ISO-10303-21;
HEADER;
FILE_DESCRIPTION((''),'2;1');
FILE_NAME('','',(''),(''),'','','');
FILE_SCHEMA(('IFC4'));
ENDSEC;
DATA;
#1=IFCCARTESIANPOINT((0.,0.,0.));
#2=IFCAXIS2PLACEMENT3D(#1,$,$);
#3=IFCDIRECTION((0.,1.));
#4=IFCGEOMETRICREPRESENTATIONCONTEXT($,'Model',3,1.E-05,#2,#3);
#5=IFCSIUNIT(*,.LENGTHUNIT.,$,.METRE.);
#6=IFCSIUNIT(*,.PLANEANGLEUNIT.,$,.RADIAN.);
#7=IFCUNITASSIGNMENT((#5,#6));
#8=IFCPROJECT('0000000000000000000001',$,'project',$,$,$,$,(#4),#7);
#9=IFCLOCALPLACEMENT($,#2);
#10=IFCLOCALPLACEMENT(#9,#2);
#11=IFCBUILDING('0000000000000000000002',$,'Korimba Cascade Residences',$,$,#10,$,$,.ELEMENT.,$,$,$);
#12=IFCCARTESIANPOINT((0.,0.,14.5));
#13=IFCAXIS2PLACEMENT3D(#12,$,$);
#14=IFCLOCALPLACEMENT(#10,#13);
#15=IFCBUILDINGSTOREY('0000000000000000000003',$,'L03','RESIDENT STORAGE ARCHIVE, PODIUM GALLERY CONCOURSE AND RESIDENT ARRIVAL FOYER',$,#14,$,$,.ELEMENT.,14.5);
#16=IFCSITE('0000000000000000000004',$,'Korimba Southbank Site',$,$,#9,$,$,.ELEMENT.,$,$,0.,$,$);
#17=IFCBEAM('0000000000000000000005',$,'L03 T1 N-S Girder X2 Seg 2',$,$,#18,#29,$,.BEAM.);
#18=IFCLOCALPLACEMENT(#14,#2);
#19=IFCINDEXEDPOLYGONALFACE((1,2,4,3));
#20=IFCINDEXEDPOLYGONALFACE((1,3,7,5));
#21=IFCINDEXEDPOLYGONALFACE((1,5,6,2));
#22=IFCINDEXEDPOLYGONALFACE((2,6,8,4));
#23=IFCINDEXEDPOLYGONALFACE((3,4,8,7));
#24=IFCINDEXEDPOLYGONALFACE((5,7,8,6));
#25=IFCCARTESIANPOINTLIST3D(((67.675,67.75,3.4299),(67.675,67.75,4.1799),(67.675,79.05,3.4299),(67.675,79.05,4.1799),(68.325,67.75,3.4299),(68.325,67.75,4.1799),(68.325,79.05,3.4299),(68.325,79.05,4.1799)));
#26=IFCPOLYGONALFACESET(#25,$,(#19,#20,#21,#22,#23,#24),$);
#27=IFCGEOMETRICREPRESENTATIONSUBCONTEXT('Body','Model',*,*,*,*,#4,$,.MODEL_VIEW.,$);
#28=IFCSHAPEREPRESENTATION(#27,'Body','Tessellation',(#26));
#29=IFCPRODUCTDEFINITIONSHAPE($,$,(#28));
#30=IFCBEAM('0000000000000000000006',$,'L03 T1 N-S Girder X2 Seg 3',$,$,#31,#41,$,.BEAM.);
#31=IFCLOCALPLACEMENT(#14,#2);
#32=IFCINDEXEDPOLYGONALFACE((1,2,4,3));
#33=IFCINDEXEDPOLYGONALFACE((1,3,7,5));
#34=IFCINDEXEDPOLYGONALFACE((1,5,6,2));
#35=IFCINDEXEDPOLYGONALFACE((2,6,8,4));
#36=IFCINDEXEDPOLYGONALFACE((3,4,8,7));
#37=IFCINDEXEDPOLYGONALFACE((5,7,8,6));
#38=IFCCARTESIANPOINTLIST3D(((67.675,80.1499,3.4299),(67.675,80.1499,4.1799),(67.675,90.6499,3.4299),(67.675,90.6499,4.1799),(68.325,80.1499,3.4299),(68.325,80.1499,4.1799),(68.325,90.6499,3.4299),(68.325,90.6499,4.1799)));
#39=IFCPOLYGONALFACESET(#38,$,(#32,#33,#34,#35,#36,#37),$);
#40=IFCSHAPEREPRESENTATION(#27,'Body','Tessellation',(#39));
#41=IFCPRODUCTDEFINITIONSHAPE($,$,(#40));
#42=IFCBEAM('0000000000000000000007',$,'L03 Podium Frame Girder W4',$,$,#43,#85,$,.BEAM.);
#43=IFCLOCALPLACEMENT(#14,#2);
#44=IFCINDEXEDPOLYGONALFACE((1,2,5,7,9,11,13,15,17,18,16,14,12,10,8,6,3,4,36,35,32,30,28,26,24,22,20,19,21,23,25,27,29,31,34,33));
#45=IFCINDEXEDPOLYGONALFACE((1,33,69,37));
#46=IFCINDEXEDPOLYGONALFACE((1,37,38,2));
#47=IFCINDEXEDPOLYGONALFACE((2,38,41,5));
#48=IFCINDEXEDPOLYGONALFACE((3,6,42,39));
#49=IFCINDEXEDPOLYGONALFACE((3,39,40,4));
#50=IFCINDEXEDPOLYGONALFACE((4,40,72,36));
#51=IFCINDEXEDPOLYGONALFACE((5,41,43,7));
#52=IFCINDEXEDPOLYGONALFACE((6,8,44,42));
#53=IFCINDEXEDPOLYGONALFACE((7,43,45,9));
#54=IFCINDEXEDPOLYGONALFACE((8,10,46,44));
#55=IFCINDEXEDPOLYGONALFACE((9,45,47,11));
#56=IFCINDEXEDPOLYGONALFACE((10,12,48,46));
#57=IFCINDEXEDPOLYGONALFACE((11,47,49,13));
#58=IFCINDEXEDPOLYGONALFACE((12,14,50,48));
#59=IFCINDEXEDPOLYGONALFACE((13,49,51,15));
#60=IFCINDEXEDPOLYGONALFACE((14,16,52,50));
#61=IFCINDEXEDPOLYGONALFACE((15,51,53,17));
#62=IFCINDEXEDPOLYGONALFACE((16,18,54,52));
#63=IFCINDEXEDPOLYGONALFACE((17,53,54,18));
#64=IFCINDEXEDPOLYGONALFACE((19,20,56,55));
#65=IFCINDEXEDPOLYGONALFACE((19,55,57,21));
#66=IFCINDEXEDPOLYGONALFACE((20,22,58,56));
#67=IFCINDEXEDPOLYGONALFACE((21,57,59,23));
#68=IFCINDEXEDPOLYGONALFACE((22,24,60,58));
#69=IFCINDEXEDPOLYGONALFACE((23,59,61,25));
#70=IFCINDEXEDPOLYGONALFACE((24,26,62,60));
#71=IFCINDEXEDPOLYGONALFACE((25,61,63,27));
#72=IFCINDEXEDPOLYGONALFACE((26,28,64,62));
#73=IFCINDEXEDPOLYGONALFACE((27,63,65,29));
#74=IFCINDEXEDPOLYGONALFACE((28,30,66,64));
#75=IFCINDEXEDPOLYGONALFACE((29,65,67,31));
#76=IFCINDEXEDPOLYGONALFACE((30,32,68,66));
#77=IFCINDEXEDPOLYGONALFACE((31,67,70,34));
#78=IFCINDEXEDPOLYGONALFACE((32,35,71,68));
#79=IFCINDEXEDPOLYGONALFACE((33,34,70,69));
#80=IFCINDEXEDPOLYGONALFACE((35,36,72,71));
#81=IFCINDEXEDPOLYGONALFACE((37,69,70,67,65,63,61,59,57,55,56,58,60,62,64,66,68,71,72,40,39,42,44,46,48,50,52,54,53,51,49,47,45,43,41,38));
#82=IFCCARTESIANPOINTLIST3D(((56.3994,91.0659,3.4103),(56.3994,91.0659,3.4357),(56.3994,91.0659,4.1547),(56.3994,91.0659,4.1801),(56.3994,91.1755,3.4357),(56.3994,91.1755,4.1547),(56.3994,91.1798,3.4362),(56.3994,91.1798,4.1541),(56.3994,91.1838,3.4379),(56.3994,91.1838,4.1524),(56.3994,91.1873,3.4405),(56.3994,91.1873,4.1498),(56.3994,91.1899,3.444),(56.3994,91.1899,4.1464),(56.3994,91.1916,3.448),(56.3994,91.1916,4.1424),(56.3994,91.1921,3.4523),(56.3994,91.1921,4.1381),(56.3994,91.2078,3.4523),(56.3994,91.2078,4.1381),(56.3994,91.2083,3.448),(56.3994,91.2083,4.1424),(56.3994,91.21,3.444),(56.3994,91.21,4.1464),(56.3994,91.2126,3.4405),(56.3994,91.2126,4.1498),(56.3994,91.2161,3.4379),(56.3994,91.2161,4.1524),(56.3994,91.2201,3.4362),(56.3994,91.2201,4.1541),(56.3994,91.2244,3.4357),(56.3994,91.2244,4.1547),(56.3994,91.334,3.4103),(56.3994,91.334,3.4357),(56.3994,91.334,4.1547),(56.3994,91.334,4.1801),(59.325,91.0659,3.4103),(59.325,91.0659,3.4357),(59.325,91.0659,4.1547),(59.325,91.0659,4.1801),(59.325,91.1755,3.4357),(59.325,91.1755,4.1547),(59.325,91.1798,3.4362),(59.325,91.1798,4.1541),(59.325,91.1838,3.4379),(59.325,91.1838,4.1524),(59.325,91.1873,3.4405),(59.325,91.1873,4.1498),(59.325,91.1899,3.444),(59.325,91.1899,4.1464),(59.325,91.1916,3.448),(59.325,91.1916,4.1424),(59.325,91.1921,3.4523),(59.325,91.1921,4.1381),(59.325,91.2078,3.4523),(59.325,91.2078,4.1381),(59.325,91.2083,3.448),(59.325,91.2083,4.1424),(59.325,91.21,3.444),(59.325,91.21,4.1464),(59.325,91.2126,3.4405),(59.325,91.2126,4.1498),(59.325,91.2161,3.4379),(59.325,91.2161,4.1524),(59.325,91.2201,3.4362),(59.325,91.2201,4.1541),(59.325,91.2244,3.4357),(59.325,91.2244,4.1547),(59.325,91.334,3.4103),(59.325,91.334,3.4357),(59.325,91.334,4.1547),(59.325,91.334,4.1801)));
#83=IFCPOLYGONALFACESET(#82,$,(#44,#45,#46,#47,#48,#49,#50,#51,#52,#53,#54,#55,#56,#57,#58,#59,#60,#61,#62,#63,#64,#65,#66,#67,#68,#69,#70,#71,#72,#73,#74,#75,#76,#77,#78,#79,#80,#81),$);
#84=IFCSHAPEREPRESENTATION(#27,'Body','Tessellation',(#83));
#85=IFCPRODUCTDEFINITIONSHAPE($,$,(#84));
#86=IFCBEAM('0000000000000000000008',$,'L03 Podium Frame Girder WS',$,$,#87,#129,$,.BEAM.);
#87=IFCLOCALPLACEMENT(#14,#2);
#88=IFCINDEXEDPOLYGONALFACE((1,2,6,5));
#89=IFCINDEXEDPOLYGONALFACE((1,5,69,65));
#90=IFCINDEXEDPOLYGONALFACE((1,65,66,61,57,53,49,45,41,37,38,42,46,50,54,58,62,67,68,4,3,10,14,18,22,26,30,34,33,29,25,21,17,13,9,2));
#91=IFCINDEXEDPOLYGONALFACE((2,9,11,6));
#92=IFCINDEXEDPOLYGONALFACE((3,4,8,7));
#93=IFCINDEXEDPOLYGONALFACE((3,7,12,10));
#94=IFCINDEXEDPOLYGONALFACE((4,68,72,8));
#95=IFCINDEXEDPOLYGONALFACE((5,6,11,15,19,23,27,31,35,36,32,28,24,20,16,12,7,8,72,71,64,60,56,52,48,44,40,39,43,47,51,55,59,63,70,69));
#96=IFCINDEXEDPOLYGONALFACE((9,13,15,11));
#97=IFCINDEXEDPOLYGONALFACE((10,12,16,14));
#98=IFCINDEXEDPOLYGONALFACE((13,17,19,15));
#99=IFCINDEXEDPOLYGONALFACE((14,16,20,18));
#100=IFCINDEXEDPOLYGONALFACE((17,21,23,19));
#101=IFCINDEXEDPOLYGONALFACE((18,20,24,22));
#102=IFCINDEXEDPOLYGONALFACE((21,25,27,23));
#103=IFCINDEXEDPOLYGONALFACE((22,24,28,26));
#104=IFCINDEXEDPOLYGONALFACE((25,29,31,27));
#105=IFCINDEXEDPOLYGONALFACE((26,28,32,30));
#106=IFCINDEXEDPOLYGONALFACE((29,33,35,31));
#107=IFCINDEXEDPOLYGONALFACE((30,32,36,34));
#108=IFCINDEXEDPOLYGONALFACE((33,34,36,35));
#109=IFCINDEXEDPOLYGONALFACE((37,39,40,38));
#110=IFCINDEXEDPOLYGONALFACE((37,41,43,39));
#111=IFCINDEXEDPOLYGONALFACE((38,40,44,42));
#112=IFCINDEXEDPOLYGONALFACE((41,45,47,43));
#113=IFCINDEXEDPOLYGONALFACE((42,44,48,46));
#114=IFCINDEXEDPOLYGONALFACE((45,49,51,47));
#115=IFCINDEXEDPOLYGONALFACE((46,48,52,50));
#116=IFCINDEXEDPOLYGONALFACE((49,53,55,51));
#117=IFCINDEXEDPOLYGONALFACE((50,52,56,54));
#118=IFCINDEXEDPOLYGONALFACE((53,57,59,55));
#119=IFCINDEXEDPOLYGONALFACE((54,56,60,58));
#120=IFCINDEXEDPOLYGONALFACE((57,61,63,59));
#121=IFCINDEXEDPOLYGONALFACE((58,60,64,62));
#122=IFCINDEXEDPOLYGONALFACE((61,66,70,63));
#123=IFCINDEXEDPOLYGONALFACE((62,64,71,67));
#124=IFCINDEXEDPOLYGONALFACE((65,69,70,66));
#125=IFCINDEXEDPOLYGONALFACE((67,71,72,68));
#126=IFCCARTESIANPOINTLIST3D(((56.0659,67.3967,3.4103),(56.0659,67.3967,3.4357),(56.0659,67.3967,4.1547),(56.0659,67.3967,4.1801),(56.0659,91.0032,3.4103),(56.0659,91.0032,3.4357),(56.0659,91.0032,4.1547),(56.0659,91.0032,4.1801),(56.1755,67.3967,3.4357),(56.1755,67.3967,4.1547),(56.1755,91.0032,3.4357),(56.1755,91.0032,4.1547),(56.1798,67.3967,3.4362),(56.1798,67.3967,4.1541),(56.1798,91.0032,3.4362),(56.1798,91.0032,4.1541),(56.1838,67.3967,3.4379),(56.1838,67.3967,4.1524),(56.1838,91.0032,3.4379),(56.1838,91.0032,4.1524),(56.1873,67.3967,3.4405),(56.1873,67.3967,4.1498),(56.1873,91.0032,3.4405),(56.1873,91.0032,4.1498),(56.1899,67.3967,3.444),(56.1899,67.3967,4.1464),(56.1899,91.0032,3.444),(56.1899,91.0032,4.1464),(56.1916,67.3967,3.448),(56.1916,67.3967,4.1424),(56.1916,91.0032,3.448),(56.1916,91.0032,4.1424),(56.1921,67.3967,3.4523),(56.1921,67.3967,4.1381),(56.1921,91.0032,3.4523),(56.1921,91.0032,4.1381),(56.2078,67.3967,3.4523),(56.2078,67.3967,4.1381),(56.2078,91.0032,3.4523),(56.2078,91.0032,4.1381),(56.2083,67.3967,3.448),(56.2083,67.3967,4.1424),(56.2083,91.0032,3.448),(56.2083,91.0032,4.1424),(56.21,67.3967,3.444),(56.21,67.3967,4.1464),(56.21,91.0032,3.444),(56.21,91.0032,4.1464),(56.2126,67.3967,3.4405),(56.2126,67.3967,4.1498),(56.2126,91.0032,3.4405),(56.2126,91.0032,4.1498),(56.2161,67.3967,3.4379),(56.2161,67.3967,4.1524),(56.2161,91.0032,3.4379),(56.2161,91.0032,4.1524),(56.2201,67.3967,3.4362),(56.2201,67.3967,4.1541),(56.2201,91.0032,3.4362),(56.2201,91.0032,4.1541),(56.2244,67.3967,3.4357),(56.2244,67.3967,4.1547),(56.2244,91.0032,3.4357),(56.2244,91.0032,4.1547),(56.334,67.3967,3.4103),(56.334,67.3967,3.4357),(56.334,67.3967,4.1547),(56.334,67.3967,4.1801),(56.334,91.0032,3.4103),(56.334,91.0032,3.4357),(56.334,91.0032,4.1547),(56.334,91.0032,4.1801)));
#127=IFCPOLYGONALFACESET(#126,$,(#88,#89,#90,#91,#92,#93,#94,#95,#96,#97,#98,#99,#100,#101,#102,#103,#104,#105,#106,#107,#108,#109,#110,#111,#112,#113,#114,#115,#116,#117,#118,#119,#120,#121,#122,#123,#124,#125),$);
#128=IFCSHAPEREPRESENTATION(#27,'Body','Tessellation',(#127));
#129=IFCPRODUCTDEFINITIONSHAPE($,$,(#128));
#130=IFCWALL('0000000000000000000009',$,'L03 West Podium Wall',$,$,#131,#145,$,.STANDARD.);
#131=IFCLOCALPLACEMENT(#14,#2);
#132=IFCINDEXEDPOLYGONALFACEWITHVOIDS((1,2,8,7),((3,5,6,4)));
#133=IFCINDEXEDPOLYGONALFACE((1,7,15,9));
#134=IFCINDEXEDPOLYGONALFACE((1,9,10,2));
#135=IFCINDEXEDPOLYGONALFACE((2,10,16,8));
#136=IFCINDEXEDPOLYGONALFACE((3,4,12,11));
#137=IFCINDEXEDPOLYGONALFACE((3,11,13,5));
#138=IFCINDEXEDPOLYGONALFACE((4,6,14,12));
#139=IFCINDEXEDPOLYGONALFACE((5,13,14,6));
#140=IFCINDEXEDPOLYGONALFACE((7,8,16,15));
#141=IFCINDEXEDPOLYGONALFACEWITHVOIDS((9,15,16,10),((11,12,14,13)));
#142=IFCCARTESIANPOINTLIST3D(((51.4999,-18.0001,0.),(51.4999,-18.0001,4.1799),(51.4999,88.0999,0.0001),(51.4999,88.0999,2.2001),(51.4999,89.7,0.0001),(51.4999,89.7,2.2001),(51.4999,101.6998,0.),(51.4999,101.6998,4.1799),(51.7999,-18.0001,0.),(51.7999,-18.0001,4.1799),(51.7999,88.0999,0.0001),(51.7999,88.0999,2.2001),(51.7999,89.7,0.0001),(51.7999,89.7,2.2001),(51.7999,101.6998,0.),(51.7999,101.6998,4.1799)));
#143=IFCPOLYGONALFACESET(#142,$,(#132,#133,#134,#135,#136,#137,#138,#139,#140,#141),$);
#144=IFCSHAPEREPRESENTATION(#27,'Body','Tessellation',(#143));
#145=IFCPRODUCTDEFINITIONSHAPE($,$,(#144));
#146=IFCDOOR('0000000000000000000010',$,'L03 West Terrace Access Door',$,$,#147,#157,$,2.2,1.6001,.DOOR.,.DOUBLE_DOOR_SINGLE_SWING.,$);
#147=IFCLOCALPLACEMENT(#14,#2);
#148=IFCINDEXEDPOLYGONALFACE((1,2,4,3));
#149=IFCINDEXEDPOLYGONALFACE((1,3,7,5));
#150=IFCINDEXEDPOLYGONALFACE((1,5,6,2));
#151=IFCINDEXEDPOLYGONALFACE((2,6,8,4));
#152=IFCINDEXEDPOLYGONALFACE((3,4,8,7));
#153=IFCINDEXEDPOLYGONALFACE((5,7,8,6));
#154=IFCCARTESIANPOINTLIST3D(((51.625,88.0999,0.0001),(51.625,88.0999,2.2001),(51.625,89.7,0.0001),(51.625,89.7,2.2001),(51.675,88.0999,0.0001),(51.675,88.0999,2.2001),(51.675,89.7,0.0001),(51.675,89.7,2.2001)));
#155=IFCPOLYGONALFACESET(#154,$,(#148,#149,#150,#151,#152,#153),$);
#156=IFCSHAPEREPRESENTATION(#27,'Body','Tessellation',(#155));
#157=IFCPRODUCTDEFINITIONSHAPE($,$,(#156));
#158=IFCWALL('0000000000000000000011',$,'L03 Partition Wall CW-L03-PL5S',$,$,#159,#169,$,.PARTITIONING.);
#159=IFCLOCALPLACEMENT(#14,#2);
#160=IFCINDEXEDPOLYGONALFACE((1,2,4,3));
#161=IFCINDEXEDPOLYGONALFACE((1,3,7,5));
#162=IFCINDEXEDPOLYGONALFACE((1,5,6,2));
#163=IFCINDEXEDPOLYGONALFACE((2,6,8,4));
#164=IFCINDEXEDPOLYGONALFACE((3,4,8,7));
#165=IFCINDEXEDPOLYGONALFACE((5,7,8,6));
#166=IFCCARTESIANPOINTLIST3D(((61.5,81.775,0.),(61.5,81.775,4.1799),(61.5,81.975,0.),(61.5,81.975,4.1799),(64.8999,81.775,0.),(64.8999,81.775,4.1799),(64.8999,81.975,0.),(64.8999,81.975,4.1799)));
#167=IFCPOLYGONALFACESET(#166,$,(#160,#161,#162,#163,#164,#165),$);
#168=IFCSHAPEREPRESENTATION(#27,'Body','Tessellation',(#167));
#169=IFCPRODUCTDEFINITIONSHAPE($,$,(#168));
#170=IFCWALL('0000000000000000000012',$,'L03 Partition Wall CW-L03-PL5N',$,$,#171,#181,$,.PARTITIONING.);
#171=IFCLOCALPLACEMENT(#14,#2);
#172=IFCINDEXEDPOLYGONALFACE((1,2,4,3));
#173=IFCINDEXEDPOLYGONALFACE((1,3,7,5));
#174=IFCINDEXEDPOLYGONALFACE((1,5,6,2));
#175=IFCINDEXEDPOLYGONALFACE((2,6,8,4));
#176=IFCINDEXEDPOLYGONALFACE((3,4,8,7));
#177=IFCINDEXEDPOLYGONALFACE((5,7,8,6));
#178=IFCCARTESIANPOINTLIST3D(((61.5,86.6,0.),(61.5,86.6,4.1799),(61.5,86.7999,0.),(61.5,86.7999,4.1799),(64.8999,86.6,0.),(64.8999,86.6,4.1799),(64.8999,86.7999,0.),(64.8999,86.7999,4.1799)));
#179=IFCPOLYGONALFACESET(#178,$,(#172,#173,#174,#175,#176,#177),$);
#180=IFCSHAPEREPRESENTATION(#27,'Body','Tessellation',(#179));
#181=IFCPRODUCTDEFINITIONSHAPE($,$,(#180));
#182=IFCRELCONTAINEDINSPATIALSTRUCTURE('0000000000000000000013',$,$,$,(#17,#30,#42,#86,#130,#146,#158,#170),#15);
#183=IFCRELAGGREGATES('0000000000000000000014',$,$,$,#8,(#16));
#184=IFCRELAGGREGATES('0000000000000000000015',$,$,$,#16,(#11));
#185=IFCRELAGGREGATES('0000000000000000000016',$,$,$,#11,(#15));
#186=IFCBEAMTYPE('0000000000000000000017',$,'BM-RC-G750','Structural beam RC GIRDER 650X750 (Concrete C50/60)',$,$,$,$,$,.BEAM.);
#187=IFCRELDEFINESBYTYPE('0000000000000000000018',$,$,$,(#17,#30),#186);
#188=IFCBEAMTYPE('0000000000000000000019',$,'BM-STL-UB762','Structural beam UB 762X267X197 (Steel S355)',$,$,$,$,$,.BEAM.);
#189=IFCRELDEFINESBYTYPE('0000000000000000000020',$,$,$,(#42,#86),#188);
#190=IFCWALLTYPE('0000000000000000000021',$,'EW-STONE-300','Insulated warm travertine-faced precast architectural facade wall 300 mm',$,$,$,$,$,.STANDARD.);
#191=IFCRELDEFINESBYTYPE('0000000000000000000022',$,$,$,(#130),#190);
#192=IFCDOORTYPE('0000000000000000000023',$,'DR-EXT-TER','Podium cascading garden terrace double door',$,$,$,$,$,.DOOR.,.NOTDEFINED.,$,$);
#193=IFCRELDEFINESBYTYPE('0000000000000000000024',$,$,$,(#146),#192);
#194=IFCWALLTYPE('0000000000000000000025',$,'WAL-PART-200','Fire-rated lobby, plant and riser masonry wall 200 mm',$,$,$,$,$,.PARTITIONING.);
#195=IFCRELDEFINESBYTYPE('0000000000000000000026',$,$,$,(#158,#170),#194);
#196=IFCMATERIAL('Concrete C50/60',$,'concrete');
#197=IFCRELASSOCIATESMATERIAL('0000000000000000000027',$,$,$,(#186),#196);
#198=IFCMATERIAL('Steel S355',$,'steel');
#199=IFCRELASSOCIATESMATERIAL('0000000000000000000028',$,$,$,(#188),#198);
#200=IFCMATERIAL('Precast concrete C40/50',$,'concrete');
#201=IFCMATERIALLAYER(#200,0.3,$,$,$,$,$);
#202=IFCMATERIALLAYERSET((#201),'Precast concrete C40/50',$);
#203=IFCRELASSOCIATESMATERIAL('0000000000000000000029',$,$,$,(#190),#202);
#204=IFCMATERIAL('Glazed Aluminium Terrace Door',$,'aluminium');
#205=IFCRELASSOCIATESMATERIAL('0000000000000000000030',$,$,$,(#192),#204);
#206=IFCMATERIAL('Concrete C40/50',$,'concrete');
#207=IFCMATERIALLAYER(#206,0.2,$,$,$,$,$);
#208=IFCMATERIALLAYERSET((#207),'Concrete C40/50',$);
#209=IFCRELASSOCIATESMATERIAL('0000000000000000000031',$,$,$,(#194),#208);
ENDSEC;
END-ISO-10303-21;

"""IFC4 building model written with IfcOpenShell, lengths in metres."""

from ifc_helpers import new_model, si_unit, direction, frame, frame_2d, origin, origin_2d, place, context, subcontext, project, spatial, rectangle, i_section, extrude, material, layer, layer_set, material_profile, profile_set, type_object, element, fill, save


model = new_model("IFC4")

# Units and contexts
model_context = context("Model", 3, precision=1e-05, world=origin(), true_north=direction((0.0, 1.0)))
body_context = subcontext(model_context, "Body", "Model", "MODEL_VIEW")
ifc_project = project(units=[si_unit("LENGTHUNIT", "METRE"), si_unit("PLANEANGLEUNIT", "RADIAN")], contexts=[model_context])

# Site, building, storey
site_placement = place(None, origin())
site = spatial("IfcSite", under=ifc_project, at=site_placement, Name="Korimba Southbank Site", CompositionType="ELEMENT", RefElevation=0.0)
building_placement = place(site_placement, origin())
building = spatial("IfcBuilding", under=site, at=building_placement, Name="Korimba Cascade Residences", CompositionType="ELEMENT")
storey_placement = place(building_placement, frame((0.0, 0.0, 14.5)))
storey = spatial("IfcBuildingStorey", under=building, at=storey_placement, Name="L03", Description="RESIDENT STORAGE ARCHIVE, PODIUM GALLERY CONCOURSE AND RESIDENT ARRIVAL FOYER", CompositionType="ELEMENT", Elevation=14.5)

# Shared definitions
ifc_material_1 = material(Name="Steel S355", Category="steel")

# Beams
ifc_material_2 = material(Name="Concrete C50/60", Category="concrete")
ifc_material_profile_1 = material_profile(ifc_material_2, rectangle(XDim=0.6499, YDim=0.75, at=origin_2d()), Name="Concrete C50/60")
ifc_profile_set_1 = profile_set([ifc_material_profile_1], Name="Concrete C50/60")
beam_type_1 = type_object("IfcBeamType", Name="BM-RC-G750", Description="Structural beam RC GIRDER 650X750 (Concrete C50/60)", PredefinedType="BEAM", material=ifc_profile_set_1)
beam_1_placement = place(storey_placement, frame((68.0, 67.75, 3.8049), z_axis=(0.0, 1.0, 0.0), x_axis=(-1.0, 0.0, 0.0)))
element("IfcBeam", 1, at=beam_1_placement, inside=storey, type_object=beam_type_1, Name="L03 T1 N-S Girder X2 Seg 2", PredefinedType="BEAM", context=body_context, shape_type="SweptSolid", body=[
    extrude(rectangle(XDim=0.6499, YDim=0.75, at=origin_2d()), origin(), (0.0, 0.0, 1.0), 11.3),
])
beam_2_placement = place(storey_placement, frame((68.0, 80.1499, 3.8049), z_axis=(0.0, 1.0, 0.0), x_axis=(-1.0, 0.0, 0.0)))
element("IfcBeam", 2, at=beam_2_placement, inside=storey, type_object=beam_type_1, Name="L03 T1 N-S Girder X2 Seg 3", PredefinedType="BEAM", context=body_context, shape_type="SweptSolid", body=[
    extrude(rectangle(XDim=0.6499, YDim=0.75, at=origin_2d()), origin(), (0.0, 0.0, 1.0), 10.5),
])
ifc_material_profile_2 = material_profile(ifc_material_1, i_section(OverallWidth=0.2681, OverallDepth=0.7698, WebThickness=0.0156, FlangeThickness=0.0254, FilletRadius=0.0166, at=origin_2d()), Name="Steel S355")
ifc_profile_set_2 = profile_set([ifc_material_profile_2], Name="Steel S355")
beam_type_2 = type_object("IfcBeamType", Name="BM-STL-UB762", Description="Structural beam UB 762X267X197 (Steel S355)", PredefinedType="BEAM", material=ifc_profile_set_2)
beam_3_placement = place(storey_placement, frame((56.3994, 91.2, 3.7952), z_axis=(1.0, 0.0, 0.0), x_axis=(0.0, 1.0, 0.0)))
element("IfcBeam", 3, at=beam_3_placement, inside=storey, type_object=beam_type_2, Name="L03 Podium Frame Girder W4", PredefinedType="BEAM", context=body_context, shape_type="SweptSolid", body=[
    extrude(i_section(OverallWidth=0.2681, OverallDepth=0.7698, WebThickness=0.0156, FlangeThickness=0.0254, FilletRadius=0.0166, at=origin_2d()), origin(), (0.0, 0.0, 1.0), 2.9255),
])
beam_4_placement = place(storey_placement, frame((56.2, 67.3967, 3.7952), z_axis=(0.0, 1.0, 0.0), x_axis=(-1.0, 0.0, 0.0)))
element("IfcBeam", 4, at=beam_4_placement, inside=storey, type_object=beam_type_2, Name="L03 Podium Frame Girder WS", PredefinedType="BEAM", context=body_context, shape_type="SweptSolid", body=[
    extrude(i_section(OverallWidth=0.2681, OverallDepth=0.7698, WebThickness=0.0156, FlangeThickness=0.0254, FilletRadius=0.0166, at=origin_2d()), origin(), (0.0, 0.0, 1.0), 23.6064),
])

# Wall, opening, door
ifc_material_3 = material(Name="Precast concrete C40/50", Category="concrete")
ifc_layer_1 = layer(ifc_material_3, 0.3)
ifc_layer_set_1 = layer_set([ifc_layer_1], Name="Precast concrete C40/50")
wall_type_1 = type_object("IfcWallType", Name="EW-STONE-300", Description="Insulated warm travertine-faced precast architectural facade wall 300 mm", PredefinedType="STANDARD", material=ifc_layer_set_1)
wall_1_placement = place(storey_placement, frame((51.6499, 101.7, 0.0), z_axis=(0.0, 0.0, 1.0), x_axis=(0.0, -1.0, 0.0)))
wall_1 = element("IfcWall", 5, at=wall_1_placement, inside=storey, type_object=wall_type_1, Name="L03 West Podium Wall", PredefinedType="STANDARD", context=body_context, shape_type="SweptSolid", body=[
    extrude(rectangle(XDim=119.7, YDim=0.3, at=frame_2d((59.8501, 0.0))), origin(), (0.0, 0.0, 1.0), 4.1799),
])
opening_1_placement = place(wall_1_placement, frame((12.0, 0.0, 0.0)))
opening_1 = element("IfcOpeningElement", 6, at=opening_1_placement, cuts=wall_1, PredefinedType="OPENING", context=body_context, shape_type="SweptSolid", body=[
    extrude(rectangle(XDim=1.6001, YDim=2.2, at=frame_2d((0.8, 1.1001))), frame((0.0, 0.1602, 0.0), z_axis=(0.0, -1.0, 0.0), x_axis=(1.0, 0.0, 0.0)), (0.0, 0.0, 1.0), 0.3201),
])
ifc_material_4 = material(Name="Glazed Aluminium Terrace Door", Category="aluminium")
door_type_1 = type_object("IfcDoorType", Name="DR-EXT-TER", Description="Podium cascading garden terrace double door", OperationType="NOTDEFINED", PredefinedType="DOOR", material=ifc_material_4)
door_1_placement = place(opening_1_placement, frame((1.6001, 0.0, 0.0), z_axis=(0.0, 0.0, 1.0), x_axis=(-1.0, 0.0, 0.0)))
door_1 = element("IfcDoor", 7, at=door_1_placement, inside=storey, type_object=door_type_1, Name="L03 West Terrace Access Door", OperationType="DOUBLE_DOOR_SINGLE_SWING", OverallHeight=2.2, OverallWidth=1.6001, PredefinedType="DOOR", context=body_context, shape_type="SweptSolid", body=[
    extrude(rectangle(XDim=1.6001, YDim=2.2, at=frame_2d((0.8, 1.1001))), frame((0.0, 0.0249, 0.0), z_axis=(0.0, -1.0, 0.0), x_axis=(1.0, 0.0, 0.0)), (0.0, 0.0, 1.0), 0.05),
])
fill(opening_1, door_1)
ifc_material_5 = material(Name="Concrete C40/50", Category="concrete")
ifc_layer_2 = layer(ifc_material_5, 0.2)
ifc_layer_set_2 = layer_set([ifc_layer_2], Name="Concrete C40/50")
wall_type_2 = type_object("IfcWallType", Name="WAL-PART-200", Description="Fire-rated lobby, plant and riser masonry wall 200 mm", PredefinedType="PARTITIONING", material=ifc_layer_set_2)

# Walls
for number, where, z_axis, x_axis, name in (
    (8, (61.5, 81.875, 0.0), (0.0, 0.0, 1.0), (1.0, 0.0, 0.0), "L03 Partition Wall CW-L03-PL5S"),
    (9, (61.5, 86.7, 0.0), (0.0, 0.0, 1.0), (1.0, 0.0, 0.0), "L03 Partition Wall CW-L03-PL5N"),
):
    element("IfcWall", number, at=place(storey_placement, frame(where, z_axis=z_axis, x_axis=x_axis)), inside=storey, type_object=wall_type_2, Name=name, PredefinedType="PARTITIONING", context=body_context, shape_type="SweptSolid", body=[
        extrude(rectangle(XDim=3.3999, YDim=0.2, at=frame_2d((1.7, 0.0))), origin(), (0.0, 0.0, 1.0), 4.1799),
    ])

save(model, "model.ifc")
